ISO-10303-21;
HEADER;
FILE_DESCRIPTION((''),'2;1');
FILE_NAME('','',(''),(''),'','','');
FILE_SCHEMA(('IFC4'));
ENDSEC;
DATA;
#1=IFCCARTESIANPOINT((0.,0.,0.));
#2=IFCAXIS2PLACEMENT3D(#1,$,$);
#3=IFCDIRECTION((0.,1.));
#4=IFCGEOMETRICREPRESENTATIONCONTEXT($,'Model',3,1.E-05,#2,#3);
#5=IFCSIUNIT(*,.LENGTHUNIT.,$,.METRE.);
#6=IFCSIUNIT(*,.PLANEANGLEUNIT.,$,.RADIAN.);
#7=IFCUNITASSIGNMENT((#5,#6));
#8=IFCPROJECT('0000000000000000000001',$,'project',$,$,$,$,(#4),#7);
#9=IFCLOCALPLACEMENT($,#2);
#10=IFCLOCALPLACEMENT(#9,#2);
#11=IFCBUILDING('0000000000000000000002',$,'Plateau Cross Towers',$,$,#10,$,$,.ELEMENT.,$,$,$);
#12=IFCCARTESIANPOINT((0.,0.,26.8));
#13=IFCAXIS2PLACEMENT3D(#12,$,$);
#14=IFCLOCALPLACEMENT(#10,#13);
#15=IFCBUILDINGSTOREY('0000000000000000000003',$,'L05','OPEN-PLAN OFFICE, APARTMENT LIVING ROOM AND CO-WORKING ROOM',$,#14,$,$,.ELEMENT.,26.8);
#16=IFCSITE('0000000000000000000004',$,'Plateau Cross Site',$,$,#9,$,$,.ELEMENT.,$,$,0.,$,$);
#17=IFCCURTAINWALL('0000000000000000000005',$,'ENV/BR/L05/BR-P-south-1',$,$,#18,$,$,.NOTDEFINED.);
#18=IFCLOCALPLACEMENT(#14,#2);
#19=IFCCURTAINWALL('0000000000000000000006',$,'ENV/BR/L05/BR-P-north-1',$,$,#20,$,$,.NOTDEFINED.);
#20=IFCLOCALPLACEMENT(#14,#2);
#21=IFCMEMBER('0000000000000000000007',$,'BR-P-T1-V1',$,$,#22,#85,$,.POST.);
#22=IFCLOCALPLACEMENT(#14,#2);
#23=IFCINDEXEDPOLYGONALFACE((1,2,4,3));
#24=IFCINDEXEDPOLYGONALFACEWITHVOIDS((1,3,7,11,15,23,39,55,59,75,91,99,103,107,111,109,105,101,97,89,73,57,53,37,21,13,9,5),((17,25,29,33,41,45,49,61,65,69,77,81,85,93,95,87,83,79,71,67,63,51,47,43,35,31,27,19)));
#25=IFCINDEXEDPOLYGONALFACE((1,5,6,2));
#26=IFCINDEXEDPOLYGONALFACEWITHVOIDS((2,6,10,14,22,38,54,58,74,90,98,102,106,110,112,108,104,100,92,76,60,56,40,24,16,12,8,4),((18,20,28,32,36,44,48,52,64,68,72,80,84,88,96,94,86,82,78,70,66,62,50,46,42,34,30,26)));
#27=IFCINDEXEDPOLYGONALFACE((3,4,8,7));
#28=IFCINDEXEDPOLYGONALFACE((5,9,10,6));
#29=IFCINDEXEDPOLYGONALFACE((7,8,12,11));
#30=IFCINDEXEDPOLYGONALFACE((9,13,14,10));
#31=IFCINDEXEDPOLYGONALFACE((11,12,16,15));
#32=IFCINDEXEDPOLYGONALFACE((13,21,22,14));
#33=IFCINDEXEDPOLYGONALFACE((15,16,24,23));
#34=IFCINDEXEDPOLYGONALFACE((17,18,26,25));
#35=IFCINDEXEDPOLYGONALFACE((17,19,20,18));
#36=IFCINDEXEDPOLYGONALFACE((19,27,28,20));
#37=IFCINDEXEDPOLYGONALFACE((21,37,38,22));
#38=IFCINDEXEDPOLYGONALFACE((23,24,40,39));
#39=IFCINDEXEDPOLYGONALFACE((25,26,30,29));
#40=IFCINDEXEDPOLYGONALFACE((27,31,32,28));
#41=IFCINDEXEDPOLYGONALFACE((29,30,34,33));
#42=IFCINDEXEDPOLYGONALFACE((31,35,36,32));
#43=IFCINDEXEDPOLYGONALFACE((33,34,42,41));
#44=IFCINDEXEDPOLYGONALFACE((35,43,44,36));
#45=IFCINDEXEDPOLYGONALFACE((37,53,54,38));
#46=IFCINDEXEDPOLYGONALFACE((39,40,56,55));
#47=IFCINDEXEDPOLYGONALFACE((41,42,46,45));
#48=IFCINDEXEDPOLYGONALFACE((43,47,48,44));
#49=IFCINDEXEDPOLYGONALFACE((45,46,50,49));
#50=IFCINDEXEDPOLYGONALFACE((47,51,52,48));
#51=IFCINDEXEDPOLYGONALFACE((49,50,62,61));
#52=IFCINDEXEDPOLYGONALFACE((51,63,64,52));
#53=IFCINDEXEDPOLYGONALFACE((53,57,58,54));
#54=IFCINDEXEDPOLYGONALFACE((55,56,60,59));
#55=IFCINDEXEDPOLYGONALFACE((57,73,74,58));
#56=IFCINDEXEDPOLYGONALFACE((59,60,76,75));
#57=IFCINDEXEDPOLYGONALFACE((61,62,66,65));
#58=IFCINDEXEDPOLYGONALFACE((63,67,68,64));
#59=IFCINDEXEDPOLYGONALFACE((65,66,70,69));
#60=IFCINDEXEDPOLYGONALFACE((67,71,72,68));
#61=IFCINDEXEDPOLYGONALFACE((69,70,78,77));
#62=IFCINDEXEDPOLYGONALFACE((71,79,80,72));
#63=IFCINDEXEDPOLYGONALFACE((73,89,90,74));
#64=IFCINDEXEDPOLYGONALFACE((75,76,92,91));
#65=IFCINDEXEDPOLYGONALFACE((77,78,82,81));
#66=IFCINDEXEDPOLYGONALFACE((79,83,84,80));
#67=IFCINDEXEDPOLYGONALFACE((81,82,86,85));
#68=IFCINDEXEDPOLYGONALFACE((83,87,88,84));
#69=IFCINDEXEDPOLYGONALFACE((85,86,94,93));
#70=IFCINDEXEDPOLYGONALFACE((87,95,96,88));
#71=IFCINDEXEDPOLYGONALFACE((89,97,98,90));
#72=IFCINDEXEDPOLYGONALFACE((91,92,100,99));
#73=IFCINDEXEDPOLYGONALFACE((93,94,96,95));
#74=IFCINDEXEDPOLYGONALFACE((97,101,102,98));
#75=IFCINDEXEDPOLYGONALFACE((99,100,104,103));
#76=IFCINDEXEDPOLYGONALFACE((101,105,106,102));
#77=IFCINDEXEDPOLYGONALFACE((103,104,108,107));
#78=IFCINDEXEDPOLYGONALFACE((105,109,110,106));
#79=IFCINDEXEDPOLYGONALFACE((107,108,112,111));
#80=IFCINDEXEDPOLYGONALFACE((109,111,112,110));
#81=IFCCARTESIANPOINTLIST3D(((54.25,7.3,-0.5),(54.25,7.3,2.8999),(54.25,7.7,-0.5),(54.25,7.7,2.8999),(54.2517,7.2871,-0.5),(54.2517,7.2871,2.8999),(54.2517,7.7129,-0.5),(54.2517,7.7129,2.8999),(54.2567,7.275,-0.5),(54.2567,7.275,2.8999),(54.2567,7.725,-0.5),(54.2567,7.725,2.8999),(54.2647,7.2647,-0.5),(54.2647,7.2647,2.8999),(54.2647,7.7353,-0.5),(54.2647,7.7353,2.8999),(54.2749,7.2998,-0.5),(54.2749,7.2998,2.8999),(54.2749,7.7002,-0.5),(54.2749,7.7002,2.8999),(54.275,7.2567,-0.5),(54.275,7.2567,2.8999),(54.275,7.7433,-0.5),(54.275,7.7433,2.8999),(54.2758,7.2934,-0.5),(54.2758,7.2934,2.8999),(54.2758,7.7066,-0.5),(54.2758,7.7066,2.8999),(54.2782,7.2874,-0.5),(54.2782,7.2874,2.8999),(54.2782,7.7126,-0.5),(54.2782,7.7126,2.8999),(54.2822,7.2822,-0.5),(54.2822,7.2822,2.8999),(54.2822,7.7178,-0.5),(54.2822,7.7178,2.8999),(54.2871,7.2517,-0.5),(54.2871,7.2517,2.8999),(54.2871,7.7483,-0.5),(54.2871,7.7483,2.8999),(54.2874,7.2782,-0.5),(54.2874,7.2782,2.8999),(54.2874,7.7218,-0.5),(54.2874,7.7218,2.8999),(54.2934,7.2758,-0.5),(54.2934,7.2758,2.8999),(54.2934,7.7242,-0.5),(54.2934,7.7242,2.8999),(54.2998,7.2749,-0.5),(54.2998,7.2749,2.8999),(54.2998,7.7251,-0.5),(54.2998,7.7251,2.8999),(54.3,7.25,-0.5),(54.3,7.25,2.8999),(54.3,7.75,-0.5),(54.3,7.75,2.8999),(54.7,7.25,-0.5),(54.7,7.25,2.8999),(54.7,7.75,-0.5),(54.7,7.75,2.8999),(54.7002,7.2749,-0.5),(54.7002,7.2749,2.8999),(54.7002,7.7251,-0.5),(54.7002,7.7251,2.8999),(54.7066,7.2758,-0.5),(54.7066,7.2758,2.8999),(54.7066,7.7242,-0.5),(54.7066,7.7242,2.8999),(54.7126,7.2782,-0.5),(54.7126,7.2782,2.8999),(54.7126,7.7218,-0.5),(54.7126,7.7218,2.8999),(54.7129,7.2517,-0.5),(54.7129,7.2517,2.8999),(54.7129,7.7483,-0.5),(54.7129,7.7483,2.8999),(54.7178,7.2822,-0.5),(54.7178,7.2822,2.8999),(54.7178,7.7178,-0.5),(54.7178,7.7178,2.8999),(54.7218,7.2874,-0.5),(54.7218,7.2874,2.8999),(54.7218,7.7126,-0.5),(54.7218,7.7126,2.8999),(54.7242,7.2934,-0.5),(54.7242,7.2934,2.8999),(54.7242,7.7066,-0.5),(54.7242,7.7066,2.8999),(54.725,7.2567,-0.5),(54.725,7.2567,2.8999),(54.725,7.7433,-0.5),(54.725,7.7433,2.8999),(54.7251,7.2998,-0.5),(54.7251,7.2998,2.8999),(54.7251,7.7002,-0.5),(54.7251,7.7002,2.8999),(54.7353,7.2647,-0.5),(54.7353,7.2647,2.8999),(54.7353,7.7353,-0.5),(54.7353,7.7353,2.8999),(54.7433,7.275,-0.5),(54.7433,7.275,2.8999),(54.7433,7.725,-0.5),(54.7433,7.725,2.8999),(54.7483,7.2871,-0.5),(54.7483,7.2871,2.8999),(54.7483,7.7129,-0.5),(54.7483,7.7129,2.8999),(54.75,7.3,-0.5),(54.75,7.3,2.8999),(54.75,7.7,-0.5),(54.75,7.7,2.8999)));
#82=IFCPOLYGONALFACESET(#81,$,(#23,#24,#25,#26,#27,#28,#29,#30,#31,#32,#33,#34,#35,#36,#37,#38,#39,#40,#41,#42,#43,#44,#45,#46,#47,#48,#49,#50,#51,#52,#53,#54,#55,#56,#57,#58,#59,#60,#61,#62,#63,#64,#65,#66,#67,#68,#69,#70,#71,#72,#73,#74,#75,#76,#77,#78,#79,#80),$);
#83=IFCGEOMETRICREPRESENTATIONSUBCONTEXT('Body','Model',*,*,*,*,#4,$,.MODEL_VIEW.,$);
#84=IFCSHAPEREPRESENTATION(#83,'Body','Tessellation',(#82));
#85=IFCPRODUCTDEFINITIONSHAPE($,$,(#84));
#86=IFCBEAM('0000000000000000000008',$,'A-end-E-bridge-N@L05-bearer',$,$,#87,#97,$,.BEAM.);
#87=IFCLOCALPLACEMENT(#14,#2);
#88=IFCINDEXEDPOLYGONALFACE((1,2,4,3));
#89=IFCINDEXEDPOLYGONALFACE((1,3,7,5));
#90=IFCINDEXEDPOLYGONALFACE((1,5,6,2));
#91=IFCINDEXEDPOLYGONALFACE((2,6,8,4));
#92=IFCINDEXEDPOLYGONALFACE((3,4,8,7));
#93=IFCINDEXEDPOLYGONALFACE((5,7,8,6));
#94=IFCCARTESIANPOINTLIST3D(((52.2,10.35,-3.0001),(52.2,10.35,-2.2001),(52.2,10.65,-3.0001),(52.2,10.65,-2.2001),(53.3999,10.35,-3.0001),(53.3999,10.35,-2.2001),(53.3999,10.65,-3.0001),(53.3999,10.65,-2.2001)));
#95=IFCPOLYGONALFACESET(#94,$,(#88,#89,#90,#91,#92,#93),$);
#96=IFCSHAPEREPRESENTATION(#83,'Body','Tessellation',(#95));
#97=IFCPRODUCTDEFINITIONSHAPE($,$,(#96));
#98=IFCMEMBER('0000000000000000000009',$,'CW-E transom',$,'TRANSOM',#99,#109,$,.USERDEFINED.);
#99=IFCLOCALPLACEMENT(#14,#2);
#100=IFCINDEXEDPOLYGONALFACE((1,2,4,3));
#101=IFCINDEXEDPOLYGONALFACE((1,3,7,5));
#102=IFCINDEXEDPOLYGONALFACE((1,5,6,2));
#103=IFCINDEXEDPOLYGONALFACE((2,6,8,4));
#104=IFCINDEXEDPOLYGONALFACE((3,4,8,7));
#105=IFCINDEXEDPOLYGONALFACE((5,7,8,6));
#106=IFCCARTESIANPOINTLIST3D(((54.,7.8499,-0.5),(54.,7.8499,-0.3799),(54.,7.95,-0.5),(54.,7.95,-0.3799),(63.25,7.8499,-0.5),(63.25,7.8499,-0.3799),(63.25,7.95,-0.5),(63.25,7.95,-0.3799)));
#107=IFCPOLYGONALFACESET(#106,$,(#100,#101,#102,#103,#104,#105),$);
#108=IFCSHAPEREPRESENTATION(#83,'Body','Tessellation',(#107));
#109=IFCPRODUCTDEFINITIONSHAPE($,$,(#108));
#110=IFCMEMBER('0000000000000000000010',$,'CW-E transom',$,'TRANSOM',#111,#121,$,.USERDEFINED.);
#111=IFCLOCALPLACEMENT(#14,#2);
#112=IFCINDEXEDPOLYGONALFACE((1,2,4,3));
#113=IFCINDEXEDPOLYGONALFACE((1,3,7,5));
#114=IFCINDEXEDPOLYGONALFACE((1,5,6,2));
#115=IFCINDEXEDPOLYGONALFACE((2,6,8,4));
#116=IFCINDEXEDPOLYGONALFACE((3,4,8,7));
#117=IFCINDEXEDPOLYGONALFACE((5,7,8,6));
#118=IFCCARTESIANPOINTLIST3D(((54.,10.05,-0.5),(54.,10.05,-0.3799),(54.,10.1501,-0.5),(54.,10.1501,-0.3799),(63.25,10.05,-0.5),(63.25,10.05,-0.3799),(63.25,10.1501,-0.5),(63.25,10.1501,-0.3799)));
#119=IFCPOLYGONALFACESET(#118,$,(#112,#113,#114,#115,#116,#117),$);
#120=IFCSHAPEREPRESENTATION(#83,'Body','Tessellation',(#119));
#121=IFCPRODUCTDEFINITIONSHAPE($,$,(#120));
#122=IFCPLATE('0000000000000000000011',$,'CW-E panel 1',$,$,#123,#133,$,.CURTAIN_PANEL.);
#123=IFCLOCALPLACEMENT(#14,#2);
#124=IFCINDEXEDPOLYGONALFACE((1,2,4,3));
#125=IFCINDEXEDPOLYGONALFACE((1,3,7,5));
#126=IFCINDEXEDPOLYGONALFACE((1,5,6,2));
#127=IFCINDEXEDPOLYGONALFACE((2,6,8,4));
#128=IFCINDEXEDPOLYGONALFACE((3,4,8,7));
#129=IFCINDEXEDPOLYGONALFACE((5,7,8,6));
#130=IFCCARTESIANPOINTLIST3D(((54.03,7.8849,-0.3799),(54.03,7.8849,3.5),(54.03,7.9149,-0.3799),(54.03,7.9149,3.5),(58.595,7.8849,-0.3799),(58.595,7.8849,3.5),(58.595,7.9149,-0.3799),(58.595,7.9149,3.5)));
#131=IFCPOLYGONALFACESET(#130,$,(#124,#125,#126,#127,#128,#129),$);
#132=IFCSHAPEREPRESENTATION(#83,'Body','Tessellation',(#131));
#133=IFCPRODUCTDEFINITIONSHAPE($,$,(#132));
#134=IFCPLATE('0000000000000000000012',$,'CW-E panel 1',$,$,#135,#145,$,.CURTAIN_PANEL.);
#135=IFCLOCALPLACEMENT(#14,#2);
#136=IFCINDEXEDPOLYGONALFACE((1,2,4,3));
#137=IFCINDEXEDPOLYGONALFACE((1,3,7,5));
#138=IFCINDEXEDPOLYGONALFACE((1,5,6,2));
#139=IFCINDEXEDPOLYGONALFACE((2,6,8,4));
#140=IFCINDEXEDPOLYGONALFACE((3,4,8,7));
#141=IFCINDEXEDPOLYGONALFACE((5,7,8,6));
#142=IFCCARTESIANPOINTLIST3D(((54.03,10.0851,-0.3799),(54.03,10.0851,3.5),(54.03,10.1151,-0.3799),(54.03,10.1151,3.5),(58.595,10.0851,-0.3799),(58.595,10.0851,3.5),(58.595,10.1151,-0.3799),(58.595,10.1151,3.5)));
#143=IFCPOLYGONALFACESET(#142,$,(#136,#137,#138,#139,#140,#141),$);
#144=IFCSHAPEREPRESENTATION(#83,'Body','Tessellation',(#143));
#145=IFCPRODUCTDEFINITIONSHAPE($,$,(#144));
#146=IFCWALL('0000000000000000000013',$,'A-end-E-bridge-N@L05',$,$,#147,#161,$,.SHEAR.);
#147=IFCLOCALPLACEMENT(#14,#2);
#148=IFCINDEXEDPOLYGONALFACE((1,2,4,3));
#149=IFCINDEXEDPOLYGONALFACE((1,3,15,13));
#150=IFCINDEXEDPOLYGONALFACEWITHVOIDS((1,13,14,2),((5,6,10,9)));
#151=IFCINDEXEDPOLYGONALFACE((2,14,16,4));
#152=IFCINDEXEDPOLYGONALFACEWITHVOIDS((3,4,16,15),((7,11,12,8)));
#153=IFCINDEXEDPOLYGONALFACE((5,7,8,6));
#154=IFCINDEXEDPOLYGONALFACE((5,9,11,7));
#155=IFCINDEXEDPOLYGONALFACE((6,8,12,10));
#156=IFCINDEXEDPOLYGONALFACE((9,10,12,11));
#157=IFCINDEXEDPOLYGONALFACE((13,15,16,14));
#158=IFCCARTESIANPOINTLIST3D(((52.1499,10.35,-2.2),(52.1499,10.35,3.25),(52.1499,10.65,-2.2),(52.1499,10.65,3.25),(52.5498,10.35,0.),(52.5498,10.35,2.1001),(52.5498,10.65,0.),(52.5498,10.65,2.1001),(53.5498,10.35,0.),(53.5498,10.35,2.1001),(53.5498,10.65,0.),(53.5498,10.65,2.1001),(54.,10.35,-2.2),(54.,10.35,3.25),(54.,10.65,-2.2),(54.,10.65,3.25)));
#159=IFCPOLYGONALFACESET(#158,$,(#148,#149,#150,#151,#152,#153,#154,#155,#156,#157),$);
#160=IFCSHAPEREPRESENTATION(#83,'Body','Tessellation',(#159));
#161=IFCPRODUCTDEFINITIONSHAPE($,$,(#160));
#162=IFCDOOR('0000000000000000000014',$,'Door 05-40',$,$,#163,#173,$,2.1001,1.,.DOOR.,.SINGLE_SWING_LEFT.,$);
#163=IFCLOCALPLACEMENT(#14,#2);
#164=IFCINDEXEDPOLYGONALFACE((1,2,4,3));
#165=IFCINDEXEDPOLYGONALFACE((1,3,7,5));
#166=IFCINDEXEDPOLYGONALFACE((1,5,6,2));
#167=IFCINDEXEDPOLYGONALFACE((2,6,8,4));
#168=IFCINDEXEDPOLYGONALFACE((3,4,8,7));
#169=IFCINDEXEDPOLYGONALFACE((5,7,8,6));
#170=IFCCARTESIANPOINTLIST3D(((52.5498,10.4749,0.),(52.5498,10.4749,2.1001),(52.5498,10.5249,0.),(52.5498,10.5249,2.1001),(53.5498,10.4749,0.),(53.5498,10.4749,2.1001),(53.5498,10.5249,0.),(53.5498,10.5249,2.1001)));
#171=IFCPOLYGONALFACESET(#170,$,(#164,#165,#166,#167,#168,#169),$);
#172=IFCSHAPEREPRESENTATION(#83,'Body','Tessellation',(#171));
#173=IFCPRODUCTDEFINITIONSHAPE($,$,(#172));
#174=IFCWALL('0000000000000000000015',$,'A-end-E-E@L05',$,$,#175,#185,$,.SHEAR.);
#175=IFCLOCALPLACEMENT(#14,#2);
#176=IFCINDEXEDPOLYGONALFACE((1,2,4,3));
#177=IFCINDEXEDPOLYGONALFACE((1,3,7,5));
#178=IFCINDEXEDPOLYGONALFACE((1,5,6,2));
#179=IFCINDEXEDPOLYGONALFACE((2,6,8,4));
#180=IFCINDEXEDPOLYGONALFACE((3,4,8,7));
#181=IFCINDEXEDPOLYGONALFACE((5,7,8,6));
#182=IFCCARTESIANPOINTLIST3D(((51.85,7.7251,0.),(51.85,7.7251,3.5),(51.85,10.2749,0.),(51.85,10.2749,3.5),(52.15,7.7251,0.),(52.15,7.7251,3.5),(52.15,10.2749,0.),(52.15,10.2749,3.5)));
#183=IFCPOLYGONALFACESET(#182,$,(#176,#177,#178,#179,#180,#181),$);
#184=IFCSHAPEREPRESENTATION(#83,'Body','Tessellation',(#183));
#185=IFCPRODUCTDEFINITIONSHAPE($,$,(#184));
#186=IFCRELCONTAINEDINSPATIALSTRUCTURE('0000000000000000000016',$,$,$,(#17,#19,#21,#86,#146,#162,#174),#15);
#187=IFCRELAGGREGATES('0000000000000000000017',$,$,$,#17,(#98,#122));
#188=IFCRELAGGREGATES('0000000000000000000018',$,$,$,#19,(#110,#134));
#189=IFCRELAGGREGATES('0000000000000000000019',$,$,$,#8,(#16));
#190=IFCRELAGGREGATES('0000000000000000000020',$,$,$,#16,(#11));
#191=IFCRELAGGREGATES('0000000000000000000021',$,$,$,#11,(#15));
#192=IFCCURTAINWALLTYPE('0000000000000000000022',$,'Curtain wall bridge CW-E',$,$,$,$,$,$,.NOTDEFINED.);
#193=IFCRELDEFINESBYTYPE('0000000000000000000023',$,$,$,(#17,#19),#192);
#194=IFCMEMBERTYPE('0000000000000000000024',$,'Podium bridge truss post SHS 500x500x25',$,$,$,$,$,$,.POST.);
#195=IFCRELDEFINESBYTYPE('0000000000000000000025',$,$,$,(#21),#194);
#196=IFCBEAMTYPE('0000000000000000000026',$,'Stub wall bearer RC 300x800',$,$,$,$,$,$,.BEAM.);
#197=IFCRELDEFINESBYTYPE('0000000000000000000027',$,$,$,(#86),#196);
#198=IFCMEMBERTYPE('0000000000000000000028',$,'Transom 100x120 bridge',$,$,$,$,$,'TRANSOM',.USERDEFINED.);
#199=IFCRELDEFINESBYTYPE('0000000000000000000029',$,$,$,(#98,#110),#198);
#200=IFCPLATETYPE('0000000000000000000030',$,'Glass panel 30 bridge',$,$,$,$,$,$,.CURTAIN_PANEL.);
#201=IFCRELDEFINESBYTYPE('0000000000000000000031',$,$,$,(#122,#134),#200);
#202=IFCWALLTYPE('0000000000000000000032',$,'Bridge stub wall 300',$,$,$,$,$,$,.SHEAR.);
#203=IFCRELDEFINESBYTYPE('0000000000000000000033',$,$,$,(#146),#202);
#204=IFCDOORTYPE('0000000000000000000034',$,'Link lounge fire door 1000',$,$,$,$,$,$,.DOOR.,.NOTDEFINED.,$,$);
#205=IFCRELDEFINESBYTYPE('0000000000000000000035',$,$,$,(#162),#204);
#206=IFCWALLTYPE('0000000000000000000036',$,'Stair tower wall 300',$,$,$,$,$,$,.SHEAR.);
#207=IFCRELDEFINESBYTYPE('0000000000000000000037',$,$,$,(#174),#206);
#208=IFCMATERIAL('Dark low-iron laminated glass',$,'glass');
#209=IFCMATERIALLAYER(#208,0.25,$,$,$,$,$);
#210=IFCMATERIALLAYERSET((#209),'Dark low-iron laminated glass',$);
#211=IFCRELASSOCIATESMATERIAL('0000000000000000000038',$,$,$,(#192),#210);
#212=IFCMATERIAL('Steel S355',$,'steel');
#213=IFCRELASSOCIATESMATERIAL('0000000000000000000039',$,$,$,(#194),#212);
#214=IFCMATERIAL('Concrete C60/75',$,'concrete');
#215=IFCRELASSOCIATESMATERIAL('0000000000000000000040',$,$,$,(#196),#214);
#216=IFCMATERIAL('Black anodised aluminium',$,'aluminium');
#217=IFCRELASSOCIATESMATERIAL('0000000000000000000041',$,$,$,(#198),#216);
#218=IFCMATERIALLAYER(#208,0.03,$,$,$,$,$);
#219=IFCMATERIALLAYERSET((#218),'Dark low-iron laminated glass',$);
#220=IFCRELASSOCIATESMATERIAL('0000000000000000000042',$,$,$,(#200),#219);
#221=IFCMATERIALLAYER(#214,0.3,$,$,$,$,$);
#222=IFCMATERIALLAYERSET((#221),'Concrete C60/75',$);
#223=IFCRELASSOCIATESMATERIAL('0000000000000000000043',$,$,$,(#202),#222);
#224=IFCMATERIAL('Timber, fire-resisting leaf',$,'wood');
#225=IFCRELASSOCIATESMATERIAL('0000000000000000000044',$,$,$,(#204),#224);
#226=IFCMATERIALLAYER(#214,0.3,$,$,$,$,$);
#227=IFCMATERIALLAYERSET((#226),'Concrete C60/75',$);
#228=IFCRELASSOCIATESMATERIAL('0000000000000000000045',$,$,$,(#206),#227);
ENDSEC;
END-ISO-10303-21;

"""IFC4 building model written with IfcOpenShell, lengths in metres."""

from ifc_helpers import new_model, si_unit, direction, frame, frame_2d, origin, origin_2d, place, context, subcontext, project, spatial, rectangle, hollow_rectangle, extrude, material, layer, layer_set, material_profile, profile_set, type_object, element, fill, aggregate, save


model = new_model("IFC4")

# Units and contexts
model_context = context("Model", 3, precision=1e-05, world=origin(), true_north=direction((0.0, 1.0)))
body_context = subcontext(model_context, "Body", "Model", "MODEL_VIEW")
ifc_project = project(units=[si_unit("LENGTHUNIT", "METRE"), si_unit("PLANEANGLEUNIT", "RADIAN")], contexts=[model_context])

# Site, building, storey
site_placement = place(None, origin())
site = spatial("IfcSite", under=ifc_project, at=site_placement, Name="Plateau Cross Site", CompositionType="ELEMENT", RefElevation=0.0)
building_placement = place(site_placement, origin())
building = spatial("IfcBuilding", under=site, at=building_placement, Name="Plateau Cross Towers", CompositionType="ELEMENT")
storey_placement = place(building_placement, frame((0.0, 0.0, 26.8)))
storey = spatial("IfcBuildingStorey", under=building, at=storey_placement, Name="L05", Description="OPEN-PLAN OFFICE, APARTMENT LIVING ROOM AND CO-WORKING ROOM", CompositionType="ELEMENT", Elevation=26.8)

# Shared definitions
ifc_material_1 = material(Name="Concrete C60/75", Category="concrete")

# Shared definitions
ifc_material_2 = material(Name="Black anodised aluminium", Category="aluminium")

# Curtain walls
ifc_material_3 = material(Name="Dark low-iron laminated glass", Category="glass")
ifc_layer_1 = layer(ifc_material_3, 0.25)
ifc_layer_set_1 = layer_set([ifc_layer_1], Name="Dark low-iron laminated glass")
curtain_wall_type_1 = type_object("IfcCurtainWallType", Name="Curtain wall bridge CW-E", PredefinedType="NOTDEFINED", material=ifc_layer_set_1)
curtain_wall_1_placement = place(storey_placement, origin())
curtain_wall_1 = element("IfcCurtainWall", 1, at=curtain_wall_1_placement, inside=storey, type_object=curtain_wall_type_1, Name="ENV/BR/L05/BR-P-south-1", PredefinedType="NOTDEFINED")
curtain_wall_2_placement = place(storey_placement, origin())
curtain_wall_2 = element("IfcCurtainWall", 2, at=curtain_wall_2_placement, inside=storey, type_object=curtain_wall_type_1, Name="ENV/BR/L05/BR-P-north-1", PredefinedType="NOTDEFINED")

# Member
ifc_material_4 = material(Name="Steel S355", Category="steel")
ifc_material_profile_1 = material_profile(ifc_material_4, hollow_rectangle(XDim=0.5, YDim=0.5, WallThickness=0.0249, InnerFilletRadius=0.0249, OuterFilletRadius=0.05, at=origin_2d()), Name="SHS 500x500x25")
ifc_profile_set_1 = profile_set([ifc_material_profile_1], Name="Steel S355")
member_type_1 = type_object("IfcMemberType", Name="Podium bridge truss post SHS 500x500x25", PredefinedType="POST", material=ifc_profile_set_1)
member_1_placement = place(storey_placement, frame((54.5, 7.5, -0.5), z_axis=(0.0, 0.0, 1.0), x_axis=(1.0, 0.0, 0.0)))
element("IfcMember", 3, at=member_1_placement, inside=storey, type_object=member_type_1, Name="BR-P-T1-V1", PredefinedType="POST", context=body_context, shape_type="SweptSolid", body=[
    extrude(hollow_rectangle(XDim=0.5, YDim=0.5, WallThickness=0.0249, InnerFilletRadius=0.0249, OuterFilletRadius=0.05, at=origin_2d()), origin(), (0.0, 0.0, 1.0), 3.3999),
])

# Beam
ifc_material_profile_2 = material_profile(ifc_material_1, rectangle(XDim=0.3, YDim=0.8, at=origin_2d()), Name="RC 300x800")
ifc_profile_set_2 = profile_set([ifc_material_profile_2], Name="Concrete C60/75")
beam_type_1 = type_object("IfcBeamType", Name="Stub wall bearer RC 300x800", PredefinedType="BEAM", material=ifc_profile_set_2)
beam_1_placement = place(storey_placement, frame((52.2, 10.5, -2.6001), z_axis=(1.0, 0.0, 0.0), x_axis=(0.0, 1.0, 0.0)))
element("IfcBeam", 4, at=beam_1_placement, inside=storey, type_object=beam_type_1, Name="A-end-E-bridge-N@L05-bearer", PredefinedType="BEAM", context=body_context, shape_type="SweptSolid", body=[
    extrude(rectangle(XDim=0.3, YDim=0.8, at=origin_2d()), origin(), (0.0, 0.0, 1.0), 1.2),
])

# Members
ifc_material_profile_3 = material_profile(ifc_material_2, rectangle(XDim=0.1001, YDim=0.1201, at=origin_2d()), Name="TRANSOM 100x120")
ifc_profile_set_3 = profile_set([ifc_material_profile_3], Name="Black anodised aluminium")
member_type_2 = type_object("IfcMemberType", Name="Transom 100x120 bridge", ElementType="TRANSOM", PredefinedType="USERDEFINED", material=ifc_profile_set_3)
member_2_placement = place(storey_placement, frame((54.0, 7.8999, -0.4399), z_axis=(1.0, 0.0, 0.0), x_axis=(0.0, 1.0, 0.0)))
member_2 = element("IfcMember", 5, at=member_2_placement, type_object=member_type_2, Name="CW-E transom", ObjectType="TRANSOM", PredefinedType="USERDEFINED", context=body_context, shape_type="SweptSolid", body=[
    extrude(rectangle(XDim=0.1001, YDim=0.1201, at=origin_2d()), origin(), (0.0, 0.0, 1.0), 9.25),
])
member_3_placement = place(storey_placement, frame((54.0, 10.1001, -0.4399), z_axis=(1.0, 0.0, 0.0), x_axis=(0.0, 1.0, 0.0)))
member_3 = element("IfcMember", 6, at=member_3_placement, type_object=member_type_2, Name="CW-E transom", ObjectType="TRANSOM", PredefinedType="USERDEFINED", context=body_context, shape_type="SweptSolid", body=[
    extrude(rectangle(XDim=0.1001, YDim=0.1201, at=origin_2d()), origin(), (0.0, 0.0, 1.0), 9.25),
])

# Plates
ifc_layer_2 = layer(ifc_material_3, 0.03)
ifc_layer_set_2 = layer_set([ifc_layer_2], Name="Dark low-iron laminated glass")
plate_type = type_object("IfcPlateType", Name="Glass panel 30 bridge", PredefinedType="CURTAIN_PANEL", material=ifc_layer_set_2)
plate_1_placement = place(storey_placement, frame((56.3125, 7.8999, -0.3799), z_axis=(0.0, 0.0, 1.0), x_axis=(1.0, 0.0, 0.0)))
plate_1 = element("IfcPlate", 7, at=plate_1_placement, type_object=plate_type, Name="CW-E panel 1", PredefinedType="CURTAIN_PANEL", context=body_context, shape_type="SweptSolid", body=[
    extrude(rectangle(XDim=4.5649, YDim=0.03, at=origin_2d()), origin(), (0.0, 0.0, 1.0), 3.8799),
])
aggregate(curtain_wall_1, [member_2, plate_1])
plate_2_placement = place(storey_placement, frame((56.3125, 10.1001, -0.3799), z_axis=(0.0, 0.0, 1.0), x_axis=(1.0, 0.0, 0.0)))
plate_2 = element("IfcPlate", 8, at=plate_2_placement, type_object=plate_type, Name="CW-E panel 1", PredefinedType="CURTAIN_PANEL", context=body_context, shape_type="SweptSolid", body=[
    extrude(rectangle(XDim=4.5649, YDim=0.03, at=origin_2d()), origin(), (0.0, 0.0, 1.0), 3.8799),
])
aggregate(curtain_wall_2, [member_3, plate_2])

# Wall, opening, door
ifc_layer_3 = layer(ifc_material_1, 0.3)
ifc_layer_set_3 = layer_set([ifc_layer_3], Name="Concrete C60/75")
wall_type_1 = type_object("IfcWallType", Name="Bridge stub wall 300", PredefinedType="SHEAR", material=ifc_layer_set_3)
wall_1_placement = place(storey_placement, frame((52.1499, 10.5, -2.2), z_axis=(0.0, 0.0, 1.0), x_axis=(1.0, 0.0, 0.0)))
wall_1 = element("IfcWall", 9, at=wall_1_placement, inside=storey, type_object=wall_type_1, Name="A-end-E-bridge-N@L05", PredefinedType="SHEAR", context=body_context, shape_type="SweptSolid", body=[
    extrude(rectangle(XDim=1.8501, YDim=0.3, at=frame_2d((0.925, 0.0))), origin(), (0.0, 0.0, 1.0), 5.45),
])
opening_placement = place(wall_1_placement, frame((0.3999, 0.0, 2.2)))
opening = element("IfcOpeningElement", 10, at=opening_placement, cuts=wall_1, PredefinedType="OPENING", context=body_context, shape_type="SweptSolid", body=[
    extrude(rectangle(XDim=1.0, YDim=2.1001, at=frame_2d((0.5, 1.05))), frame((0.0, 0.1599, 0.0), z_axis=(0.0, -1.0, 0.0), x_axis=(1.0, 0.0, 0.0)), (0.0, 0.0, 1.0), 0.3201),
])
ifc_material_5 = material(Name="Timber, fire-resisting leaf", Category="wood")
door_type = type_object("IfcDoorType", Name="Link lounge fire door 1000", OperationType="NOTDEFINED", PredefinedType="DOOR", material=ifc_material_5)
door_placement = place(opening_placement, origin())
door = element("IfcDoor", 11, at=door_placement, inside=storey, type_object=door_type, Name="Door 05-40", OperationType="SINGLE_SWING_LEFT", OverallHeight=2.1001, OverallWidth=1.0, PredefinedType="DOOR", context=body_context, shape_type="SweptSolid", body=[
    extrude(rectangle(XDim=1.0, YDim=2.1001, at=frame_2d((0.5, 1.05))), frame((0.0, 0.0249, 0.0), z_axis=(0.0, -1.0, 0.0), x_axis=(1.0, 0.0, 0.0)), (0.0, 0.0, 1.0), 0.05),
])
fill(opening, door)

# Wall
ifc_layer_4 = layer(ifc_material_1, 0.3)
ifc_layer_set_4 = layer_set([ifc_layer_4], Name="Concrete C60/75")
wall_type_2 = type_object("IfcWallType", Name="Stair tower wall 300", PredefinedType="SHEAR", material=ifc_layer_set_4)
wall_2_placement = place(storey_placement, frame((52.0, 7.7251, 0.0), z_axis=(0.0, 0.0, 1.0), x_axis=(0.0, 1.0, 0.0)))
element("IfcWall", 12, at=wall_2_placement, inside=storey, type_object=wall_type_2, Name="A-end-E-E@L05", PredefinedType="SHEAR", context=body_context, shape_type="SweptSolid", body=[
    extrude(rectangle(XDim=2.5498, YDim=0.3, at=frame_2d((1.2749, 0.0))), origin(), (0.0, 0.0, 1.0), 3.5),
])

save(model, "model.ifc")
